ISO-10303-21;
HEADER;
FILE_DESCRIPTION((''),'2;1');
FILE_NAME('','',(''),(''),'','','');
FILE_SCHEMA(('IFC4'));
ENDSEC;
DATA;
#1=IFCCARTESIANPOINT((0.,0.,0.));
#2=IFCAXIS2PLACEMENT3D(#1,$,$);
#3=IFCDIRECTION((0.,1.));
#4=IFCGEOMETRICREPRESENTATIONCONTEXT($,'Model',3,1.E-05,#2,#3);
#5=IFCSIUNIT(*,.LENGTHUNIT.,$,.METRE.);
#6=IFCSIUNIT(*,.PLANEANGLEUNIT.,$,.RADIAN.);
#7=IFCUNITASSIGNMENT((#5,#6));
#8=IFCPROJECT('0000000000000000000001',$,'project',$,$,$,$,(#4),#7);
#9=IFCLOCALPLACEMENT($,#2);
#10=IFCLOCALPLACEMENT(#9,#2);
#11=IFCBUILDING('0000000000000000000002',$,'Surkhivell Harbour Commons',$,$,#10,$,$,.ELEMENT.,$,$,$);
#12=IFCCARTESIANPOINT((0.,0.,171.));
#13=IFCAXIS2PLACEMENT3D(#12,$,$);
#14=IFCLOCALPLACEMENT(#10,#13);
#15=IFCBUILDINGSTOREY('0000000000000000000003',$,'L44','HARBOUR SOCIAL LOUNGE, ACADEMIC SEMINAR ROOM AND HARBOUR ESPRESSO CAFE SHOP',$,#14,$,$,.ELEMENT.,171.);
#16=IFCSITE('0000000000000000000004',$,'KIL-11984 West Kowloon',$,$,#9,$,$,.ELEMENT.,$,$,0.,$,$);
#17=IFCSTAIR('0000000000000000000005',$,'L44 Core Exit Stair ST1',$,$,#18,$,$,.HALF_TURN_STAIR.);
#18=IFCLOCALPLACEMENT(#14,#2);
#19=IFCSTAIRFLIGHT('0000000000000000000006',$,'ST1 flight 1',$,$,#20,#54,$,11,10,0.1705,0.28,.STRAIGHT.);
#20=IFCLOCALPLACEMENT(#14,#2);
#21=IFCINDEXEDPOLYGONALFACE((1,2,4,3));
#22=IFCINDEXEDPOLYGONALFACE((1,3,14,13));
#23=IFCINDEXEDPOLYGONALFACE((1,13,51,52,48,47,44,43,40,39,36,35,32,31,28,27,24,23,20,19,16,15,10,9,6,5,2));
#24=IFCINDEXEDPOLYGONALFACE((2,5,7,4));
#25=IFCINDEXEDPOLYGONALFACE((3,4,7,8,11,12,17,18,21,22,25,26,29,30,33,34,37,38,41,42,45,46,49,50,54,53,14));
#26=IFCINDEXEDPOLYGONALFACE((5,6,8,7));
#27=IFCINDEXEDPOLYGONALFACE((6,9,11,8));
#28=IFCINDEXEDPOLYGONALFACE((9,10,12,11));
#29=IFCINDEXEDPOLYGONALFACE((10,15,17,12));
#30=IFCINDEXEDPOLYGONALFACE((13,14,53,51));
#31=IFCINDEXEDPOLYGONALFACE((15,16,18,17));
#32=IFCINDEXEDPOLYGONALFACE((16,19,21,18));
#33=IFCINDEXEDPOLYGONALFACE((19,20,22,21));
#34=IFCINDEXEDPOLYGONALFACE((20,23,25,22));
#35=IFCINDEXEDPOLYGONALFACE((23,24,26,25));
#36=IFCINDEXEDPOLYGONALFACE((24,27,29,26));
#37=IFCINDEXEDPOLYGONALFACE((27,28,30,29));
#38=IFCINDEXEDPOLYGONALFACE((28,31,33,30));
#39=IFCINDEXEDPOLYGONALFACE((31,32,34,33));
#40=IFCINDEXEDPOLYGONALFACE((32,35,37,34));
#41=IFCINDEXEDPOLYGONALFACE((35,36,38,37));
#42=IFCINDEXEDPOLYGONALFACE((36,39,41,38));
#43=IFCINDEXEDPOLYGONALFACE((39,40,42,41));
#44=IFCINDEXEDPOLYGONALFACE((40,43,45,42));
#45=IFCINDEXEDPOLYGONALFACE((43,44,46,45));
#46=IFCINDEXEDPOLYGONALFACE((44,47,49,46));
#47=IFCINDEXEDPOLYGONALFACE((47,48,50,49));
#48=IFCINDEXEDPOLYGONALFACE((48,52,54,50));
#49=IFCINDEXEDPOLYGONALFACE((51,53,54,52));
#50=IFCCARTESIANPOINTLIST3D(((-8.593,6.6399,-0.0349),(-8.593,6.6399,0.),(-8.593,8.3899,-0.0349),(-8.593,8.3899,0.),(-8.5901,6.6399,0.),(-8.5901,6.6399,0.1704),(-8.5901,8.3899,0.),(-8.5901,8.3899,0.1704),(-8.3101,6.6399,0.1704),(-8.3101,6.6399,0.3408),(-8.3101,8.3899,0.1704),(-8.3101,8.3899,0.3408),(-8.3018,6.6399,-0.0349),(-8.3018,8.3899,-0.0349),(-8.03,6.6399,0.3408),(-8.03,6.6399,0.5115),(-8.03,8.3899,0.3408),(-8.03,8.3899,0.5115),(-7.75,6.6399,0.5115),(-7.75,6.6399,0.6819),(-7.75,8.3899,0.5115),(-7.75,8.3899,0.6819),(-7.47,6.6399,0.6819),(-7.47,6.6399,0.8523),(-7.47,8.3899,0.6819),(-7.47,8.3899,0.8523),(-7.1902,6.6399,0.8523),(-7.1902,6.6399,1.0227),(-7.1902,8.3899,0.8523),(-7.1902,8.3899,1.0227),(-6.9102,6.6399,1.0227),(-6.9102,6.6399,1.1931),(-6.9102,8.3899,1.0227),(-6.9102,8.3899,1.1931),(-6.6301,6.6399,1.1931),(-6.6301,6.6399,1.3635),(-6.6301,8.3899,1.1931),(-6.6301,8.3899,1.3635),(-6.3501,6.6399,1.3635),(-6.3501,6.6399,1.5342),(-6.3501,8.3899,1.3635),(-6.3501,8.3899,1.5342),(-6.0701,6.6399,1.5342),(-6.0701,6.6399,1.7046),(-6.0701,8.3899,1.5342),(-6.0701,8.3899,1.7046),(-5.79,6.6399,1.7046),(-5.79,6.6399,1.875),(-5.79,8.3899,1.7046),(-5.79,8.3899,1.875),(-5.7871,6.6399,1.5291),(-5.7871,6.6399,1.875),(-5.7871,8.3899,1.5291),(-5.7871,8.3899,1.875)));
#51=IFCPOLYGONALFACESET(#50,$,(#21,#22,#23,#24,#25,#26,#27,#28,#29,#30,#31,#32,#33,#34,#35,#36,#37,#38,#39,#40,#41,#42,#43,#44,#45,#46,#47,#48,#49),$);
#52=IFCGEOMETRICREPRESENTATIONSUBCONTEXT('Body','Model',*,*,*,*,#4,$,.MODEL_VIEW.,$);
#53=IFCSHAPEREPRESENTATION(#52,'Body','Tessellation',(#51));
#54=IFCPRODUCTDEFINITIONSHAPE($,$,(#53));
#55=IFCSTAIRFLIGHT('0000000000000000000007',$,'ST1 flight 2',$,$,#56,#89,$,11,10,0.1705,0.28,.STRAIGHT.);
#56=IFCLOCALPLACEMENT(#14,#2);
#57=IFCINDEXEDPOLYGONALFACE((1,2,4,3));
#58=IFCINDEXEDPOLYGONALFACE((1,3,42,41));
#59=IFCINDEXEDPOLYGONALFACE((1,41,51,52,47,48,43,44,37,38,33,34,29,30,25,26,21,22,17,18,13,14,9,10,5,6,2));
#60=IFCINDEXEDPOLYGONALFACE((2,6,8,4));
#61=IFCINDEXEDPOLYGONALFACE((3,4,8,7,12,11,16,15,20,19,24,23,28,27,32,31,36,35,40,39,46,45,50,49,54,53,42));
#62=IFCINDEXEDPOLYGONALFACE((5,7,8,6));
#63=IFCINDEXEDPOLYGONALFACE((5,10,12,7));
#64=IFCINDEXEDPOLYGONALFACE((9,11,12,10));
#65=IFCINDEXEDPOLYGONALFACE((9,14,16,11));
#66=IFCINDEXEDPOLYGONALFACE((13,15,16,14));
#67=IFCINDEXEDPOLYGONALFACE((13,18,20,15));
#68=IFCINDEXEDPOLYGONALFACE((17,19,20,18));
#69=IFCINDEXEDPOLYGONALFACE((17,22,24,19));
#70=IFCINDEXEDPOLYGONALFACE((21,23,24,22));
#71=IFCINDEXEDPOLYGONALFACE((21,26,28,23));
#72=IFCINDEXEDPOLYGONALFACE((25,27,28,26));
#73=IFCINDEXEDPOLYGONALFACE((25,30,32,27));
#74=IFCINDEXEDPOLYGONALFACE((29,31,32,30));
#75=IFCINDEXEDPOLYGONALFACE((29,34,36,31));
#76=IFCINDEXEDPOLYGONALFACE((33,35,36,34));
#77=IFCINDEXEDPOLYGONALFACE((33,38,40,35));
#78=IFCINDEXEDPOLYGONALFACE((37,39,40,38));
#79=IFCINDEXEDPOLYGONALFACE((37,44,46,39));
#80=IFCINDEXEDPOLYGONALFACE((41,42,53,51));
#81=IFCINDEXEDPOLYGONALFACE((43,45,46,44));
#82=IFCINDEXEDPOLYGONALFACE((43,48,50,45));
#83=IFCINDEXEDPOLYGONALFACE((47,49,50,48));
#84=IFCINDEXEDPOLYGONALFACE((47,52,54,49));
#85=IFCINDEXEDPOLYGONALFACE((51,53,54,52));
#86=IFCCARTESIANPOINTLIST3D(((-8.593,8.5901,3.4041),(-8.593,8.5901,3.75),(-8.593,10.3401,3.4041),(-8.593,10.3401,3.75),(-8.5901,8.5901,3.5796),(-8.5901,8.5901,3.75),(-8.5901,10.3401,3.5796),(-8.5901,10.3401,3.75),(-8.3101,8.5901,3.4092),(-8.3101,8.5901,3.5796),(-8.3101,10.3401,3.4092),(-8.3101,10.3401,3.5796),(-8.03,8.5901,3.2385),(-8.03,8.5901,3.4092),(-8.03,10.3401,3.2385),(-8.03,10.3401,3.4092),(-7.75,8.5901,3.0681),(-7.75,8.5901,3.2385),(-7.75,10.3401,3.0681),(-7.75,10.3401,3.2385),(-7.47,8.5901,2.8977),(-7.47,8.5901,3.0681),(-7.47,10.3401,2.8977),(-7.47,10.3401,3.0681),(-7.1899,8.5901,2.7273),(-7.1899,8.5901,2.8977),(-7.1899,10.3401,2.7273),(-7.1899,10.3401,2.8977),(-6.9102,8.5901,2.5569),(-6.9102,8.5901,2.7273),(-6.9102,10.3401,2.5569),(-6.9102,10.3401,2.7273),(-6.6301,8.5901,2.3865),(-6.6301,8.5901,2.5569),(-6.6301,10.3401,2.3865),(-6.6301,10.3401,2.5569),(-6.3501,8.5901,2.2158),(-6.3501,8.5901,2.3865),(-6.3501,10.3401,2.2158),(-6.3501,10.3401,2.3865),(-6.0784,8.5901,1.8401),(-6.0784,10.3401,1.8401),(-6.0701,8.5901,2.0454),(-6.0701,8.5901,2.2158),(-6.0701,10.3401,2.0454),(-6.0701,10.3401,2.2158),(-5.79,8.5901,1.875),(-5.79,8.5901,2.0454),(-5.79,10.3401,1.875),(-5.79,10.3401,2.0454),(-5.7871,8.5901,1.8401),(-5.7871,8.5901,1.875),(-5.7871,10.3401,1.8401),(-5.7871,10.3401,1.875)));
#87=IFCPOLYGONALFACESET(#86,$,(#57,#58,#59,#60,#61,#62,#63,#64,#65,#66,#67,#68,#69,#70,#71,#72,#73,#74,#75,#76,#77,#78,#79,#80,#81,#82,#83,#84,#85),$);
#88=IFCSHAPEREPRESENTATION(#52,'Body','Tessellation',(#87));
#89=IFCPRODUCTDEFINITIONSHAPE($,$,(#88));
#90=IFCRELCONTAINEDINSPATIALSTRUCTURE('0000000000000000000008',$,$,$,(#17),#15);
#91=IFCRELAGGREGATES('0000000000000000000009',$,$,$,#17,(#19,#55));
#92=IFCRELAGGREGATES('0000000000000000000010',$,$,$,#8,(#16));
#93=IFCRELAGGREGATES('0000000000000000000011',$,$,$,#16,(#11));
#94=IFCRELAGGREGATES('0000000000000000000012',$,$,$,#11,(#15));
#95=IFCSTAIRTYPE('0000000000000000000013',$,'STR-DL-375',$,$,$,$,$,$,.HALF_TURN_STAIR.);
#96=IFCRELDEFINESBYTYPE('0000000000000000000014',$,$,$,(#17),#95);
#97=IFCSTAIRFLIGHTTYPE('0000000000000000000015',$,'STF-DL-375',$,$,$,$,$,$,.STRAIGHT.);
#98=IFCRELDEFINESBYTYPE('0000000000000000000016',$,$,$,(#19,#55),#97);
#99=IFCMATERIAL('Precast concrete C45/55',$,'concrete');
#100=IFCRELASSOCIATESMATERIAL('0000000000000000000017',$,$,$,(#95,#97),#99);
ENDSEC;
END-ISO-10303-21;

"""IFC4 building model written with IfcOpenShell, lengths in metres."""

from ifc_helpers import new_model, si_unit, direction, frame, origin, place, context, subcontext, project, spatial, polyline, outline, extrude, material, type_object, element, aggregate, save


model = new_model("IFC4")

# Units and contexts
model_context = context("Model", 3, precision=1e-05, world=origin(), true_north=direction((0.0, 1.0)))
body_context = subcontext(model_context, "Body", "Model", "MODEL_VIEW")
ifc_project = project(units=[si_unit("LENGTHUNIT", "METRE"), si_unit("PLANEANGLEUNIT", "RADIAN")], contexts=[model_context])

# Site, building, storey
site_placement = place(None, origin())
site = spatial("IfcSite", under=ifc_project, at=site_placement, Name="KIL-11984 West Kowloon", CompositionType="ELEMENT", RefElevation=0.0)
building_placement = place(site_placement, origin())
building = spatial("IfcBuilding", under=site, at=building_placement, Name="Surkhivell Harbour Commons", CompositionType="ELEMENT")
storey_placement = place(building_placement, frame((0.0, 0.0, 171.0)))
storey = spatial("IfcBuildingStorey", under=building, at=storey_placement, Name="L44", Description="HARBOUR SOCIAL LOUNGE, ACADEMIC SEMINAR ROOM AND HARBOUR ESPRESSO CAFE SHOP", CompositionType="ELEMENT", Elevation=171.0)

# Stair, stair flights
ifc_material_1 = material(Name="Precast concrete C45/55", Category="concrete")
stair_type = type_object("IfcStairType", Name="STR-DL-375", PredefinedType="HALF_TURN_STAIR", material=ifc_material_1)
stair_placement = place(storey_placement, origin())
stair = element("IfcStair", 1, at=stair_placement, inside=storey, type_object=stair_type, Name="L44 Core Exit Stair ST1", PredefinedType="HALF_TURN_STAIR")
stair_flight_type = type_object("IfcStairFlightType", Name="STF-DL-375", PredefinedType="STRAIGHT", material=ifc_material_1)
stair_flight_1_placement = place(storey_placement, frame((-8.5901, 7.5149, 0.0), z_axis=(0.0, 0.0, 1.0), x_axis=(1.0, 0.0, 0.0)))
stair_flight_1 = element("IfcStairFlight", 2, at=stair_flight_1_placement, type_object=stair_flight_type, Name="ST1 flight 1", NumberOfRisers=11, NumberOfTreads=10, PredefinedType="STRAIGHT", RiserHeight=0.1705, TreadLength=0.28, context=body_context, shape_type="SweptSolid", body=[
    extrude(outline(polyline([(-0.0029, -0.0349), (-0.0029, 0.0), (0.0, 0.0), (0.0, 0.1704), (0.28, 0.1704), (0.28, 0.3408), (0.5601, 0.3408), (0.5601, 0.5115), (0.8401, 0.5115), (0.8401, 0.6819), (1.1201, 0.6819), (1.1201, 0.8523), (1.3999, 0.8523), (1.3999, 1.0227), (1.6799, 1.0227), (1.6799, 1.1931), (1.96, 1.1931), (1.96, 1.3635), (2.24, 1.3635), (2.24, 1.5342), (2.52, 1.5342), (2.52, 1.7046), (2.8, 1.7046), (2.8, 1.875), (2.803, 1.875), (2.803, 1.5291), (0.2883, -0.0349), (-0.0029, -0.0349)])), frame((0.0, 0.875, 0.0), z_axis=(0.0, -1.0, 0.0), x_axis=(1.0, 0.0, 0.0)), (0.0, 0.0, 1.0), 1.75),
])
stair_flight_2_placement = place(storey_placement, frame((-5.79, 9.4651, 1.875), z_axis=(0.0, 0.0, 1.0), x_axis=(-1.0, 0.0, 0.0)))
stair_flight_2 = element("IfcStairFlight", 3, at=stair_flight_2_placement, type_object=stair_flight_type, Name="ST1 flight 2", NumberOfRisers=11, NumberOfTreads=10, PredefinedType="STRAIGHT", RiserHeight=0.1705, TreadLength=0.28, context=body_context, shape_type="SweptSolid", body=[
    extrude(outline(polyline([(-0.0029, -0.0349), (-0.0029, 0.0), (0.0, 0.0), (0.0, 0.1704), (0.28, 0.1704), (0.28, 0.3408), (0.5601, 0.3408), (0.5601, 0.5115), (0.8401, 0.5115), (0.8401, 0.6819), (1.1201, 0.6819), (1.1201, 0.8523), (1.3999, 0.8523), (1.3999, 1.0227), (1.6799, 1.0227), (1.6799, 1.1931), (1.96, 1.1931), (1.96, 1.3635), (2.24, 1.3635), (2.24, 1.5342), (2.52, 1.5342), (2.52, 1.7046), (2.8, 1.7046), (2.8, 1.875), (2.803, 1.875), (2.803, 1.5291), (0.2883, -0.0349), (-0.0029, -0.0349)])), frame((0.0, 0.875, 0.0), z_axis=(0.0, -1.0, 0.0), x_axis=(1.0, 0.0, 0.0)), (0.0, 0.0, 1.0), 1.75),
])
aggregate(stair, [stair_flight_1, stair_flight_2])

save(model, "model.ifc")
